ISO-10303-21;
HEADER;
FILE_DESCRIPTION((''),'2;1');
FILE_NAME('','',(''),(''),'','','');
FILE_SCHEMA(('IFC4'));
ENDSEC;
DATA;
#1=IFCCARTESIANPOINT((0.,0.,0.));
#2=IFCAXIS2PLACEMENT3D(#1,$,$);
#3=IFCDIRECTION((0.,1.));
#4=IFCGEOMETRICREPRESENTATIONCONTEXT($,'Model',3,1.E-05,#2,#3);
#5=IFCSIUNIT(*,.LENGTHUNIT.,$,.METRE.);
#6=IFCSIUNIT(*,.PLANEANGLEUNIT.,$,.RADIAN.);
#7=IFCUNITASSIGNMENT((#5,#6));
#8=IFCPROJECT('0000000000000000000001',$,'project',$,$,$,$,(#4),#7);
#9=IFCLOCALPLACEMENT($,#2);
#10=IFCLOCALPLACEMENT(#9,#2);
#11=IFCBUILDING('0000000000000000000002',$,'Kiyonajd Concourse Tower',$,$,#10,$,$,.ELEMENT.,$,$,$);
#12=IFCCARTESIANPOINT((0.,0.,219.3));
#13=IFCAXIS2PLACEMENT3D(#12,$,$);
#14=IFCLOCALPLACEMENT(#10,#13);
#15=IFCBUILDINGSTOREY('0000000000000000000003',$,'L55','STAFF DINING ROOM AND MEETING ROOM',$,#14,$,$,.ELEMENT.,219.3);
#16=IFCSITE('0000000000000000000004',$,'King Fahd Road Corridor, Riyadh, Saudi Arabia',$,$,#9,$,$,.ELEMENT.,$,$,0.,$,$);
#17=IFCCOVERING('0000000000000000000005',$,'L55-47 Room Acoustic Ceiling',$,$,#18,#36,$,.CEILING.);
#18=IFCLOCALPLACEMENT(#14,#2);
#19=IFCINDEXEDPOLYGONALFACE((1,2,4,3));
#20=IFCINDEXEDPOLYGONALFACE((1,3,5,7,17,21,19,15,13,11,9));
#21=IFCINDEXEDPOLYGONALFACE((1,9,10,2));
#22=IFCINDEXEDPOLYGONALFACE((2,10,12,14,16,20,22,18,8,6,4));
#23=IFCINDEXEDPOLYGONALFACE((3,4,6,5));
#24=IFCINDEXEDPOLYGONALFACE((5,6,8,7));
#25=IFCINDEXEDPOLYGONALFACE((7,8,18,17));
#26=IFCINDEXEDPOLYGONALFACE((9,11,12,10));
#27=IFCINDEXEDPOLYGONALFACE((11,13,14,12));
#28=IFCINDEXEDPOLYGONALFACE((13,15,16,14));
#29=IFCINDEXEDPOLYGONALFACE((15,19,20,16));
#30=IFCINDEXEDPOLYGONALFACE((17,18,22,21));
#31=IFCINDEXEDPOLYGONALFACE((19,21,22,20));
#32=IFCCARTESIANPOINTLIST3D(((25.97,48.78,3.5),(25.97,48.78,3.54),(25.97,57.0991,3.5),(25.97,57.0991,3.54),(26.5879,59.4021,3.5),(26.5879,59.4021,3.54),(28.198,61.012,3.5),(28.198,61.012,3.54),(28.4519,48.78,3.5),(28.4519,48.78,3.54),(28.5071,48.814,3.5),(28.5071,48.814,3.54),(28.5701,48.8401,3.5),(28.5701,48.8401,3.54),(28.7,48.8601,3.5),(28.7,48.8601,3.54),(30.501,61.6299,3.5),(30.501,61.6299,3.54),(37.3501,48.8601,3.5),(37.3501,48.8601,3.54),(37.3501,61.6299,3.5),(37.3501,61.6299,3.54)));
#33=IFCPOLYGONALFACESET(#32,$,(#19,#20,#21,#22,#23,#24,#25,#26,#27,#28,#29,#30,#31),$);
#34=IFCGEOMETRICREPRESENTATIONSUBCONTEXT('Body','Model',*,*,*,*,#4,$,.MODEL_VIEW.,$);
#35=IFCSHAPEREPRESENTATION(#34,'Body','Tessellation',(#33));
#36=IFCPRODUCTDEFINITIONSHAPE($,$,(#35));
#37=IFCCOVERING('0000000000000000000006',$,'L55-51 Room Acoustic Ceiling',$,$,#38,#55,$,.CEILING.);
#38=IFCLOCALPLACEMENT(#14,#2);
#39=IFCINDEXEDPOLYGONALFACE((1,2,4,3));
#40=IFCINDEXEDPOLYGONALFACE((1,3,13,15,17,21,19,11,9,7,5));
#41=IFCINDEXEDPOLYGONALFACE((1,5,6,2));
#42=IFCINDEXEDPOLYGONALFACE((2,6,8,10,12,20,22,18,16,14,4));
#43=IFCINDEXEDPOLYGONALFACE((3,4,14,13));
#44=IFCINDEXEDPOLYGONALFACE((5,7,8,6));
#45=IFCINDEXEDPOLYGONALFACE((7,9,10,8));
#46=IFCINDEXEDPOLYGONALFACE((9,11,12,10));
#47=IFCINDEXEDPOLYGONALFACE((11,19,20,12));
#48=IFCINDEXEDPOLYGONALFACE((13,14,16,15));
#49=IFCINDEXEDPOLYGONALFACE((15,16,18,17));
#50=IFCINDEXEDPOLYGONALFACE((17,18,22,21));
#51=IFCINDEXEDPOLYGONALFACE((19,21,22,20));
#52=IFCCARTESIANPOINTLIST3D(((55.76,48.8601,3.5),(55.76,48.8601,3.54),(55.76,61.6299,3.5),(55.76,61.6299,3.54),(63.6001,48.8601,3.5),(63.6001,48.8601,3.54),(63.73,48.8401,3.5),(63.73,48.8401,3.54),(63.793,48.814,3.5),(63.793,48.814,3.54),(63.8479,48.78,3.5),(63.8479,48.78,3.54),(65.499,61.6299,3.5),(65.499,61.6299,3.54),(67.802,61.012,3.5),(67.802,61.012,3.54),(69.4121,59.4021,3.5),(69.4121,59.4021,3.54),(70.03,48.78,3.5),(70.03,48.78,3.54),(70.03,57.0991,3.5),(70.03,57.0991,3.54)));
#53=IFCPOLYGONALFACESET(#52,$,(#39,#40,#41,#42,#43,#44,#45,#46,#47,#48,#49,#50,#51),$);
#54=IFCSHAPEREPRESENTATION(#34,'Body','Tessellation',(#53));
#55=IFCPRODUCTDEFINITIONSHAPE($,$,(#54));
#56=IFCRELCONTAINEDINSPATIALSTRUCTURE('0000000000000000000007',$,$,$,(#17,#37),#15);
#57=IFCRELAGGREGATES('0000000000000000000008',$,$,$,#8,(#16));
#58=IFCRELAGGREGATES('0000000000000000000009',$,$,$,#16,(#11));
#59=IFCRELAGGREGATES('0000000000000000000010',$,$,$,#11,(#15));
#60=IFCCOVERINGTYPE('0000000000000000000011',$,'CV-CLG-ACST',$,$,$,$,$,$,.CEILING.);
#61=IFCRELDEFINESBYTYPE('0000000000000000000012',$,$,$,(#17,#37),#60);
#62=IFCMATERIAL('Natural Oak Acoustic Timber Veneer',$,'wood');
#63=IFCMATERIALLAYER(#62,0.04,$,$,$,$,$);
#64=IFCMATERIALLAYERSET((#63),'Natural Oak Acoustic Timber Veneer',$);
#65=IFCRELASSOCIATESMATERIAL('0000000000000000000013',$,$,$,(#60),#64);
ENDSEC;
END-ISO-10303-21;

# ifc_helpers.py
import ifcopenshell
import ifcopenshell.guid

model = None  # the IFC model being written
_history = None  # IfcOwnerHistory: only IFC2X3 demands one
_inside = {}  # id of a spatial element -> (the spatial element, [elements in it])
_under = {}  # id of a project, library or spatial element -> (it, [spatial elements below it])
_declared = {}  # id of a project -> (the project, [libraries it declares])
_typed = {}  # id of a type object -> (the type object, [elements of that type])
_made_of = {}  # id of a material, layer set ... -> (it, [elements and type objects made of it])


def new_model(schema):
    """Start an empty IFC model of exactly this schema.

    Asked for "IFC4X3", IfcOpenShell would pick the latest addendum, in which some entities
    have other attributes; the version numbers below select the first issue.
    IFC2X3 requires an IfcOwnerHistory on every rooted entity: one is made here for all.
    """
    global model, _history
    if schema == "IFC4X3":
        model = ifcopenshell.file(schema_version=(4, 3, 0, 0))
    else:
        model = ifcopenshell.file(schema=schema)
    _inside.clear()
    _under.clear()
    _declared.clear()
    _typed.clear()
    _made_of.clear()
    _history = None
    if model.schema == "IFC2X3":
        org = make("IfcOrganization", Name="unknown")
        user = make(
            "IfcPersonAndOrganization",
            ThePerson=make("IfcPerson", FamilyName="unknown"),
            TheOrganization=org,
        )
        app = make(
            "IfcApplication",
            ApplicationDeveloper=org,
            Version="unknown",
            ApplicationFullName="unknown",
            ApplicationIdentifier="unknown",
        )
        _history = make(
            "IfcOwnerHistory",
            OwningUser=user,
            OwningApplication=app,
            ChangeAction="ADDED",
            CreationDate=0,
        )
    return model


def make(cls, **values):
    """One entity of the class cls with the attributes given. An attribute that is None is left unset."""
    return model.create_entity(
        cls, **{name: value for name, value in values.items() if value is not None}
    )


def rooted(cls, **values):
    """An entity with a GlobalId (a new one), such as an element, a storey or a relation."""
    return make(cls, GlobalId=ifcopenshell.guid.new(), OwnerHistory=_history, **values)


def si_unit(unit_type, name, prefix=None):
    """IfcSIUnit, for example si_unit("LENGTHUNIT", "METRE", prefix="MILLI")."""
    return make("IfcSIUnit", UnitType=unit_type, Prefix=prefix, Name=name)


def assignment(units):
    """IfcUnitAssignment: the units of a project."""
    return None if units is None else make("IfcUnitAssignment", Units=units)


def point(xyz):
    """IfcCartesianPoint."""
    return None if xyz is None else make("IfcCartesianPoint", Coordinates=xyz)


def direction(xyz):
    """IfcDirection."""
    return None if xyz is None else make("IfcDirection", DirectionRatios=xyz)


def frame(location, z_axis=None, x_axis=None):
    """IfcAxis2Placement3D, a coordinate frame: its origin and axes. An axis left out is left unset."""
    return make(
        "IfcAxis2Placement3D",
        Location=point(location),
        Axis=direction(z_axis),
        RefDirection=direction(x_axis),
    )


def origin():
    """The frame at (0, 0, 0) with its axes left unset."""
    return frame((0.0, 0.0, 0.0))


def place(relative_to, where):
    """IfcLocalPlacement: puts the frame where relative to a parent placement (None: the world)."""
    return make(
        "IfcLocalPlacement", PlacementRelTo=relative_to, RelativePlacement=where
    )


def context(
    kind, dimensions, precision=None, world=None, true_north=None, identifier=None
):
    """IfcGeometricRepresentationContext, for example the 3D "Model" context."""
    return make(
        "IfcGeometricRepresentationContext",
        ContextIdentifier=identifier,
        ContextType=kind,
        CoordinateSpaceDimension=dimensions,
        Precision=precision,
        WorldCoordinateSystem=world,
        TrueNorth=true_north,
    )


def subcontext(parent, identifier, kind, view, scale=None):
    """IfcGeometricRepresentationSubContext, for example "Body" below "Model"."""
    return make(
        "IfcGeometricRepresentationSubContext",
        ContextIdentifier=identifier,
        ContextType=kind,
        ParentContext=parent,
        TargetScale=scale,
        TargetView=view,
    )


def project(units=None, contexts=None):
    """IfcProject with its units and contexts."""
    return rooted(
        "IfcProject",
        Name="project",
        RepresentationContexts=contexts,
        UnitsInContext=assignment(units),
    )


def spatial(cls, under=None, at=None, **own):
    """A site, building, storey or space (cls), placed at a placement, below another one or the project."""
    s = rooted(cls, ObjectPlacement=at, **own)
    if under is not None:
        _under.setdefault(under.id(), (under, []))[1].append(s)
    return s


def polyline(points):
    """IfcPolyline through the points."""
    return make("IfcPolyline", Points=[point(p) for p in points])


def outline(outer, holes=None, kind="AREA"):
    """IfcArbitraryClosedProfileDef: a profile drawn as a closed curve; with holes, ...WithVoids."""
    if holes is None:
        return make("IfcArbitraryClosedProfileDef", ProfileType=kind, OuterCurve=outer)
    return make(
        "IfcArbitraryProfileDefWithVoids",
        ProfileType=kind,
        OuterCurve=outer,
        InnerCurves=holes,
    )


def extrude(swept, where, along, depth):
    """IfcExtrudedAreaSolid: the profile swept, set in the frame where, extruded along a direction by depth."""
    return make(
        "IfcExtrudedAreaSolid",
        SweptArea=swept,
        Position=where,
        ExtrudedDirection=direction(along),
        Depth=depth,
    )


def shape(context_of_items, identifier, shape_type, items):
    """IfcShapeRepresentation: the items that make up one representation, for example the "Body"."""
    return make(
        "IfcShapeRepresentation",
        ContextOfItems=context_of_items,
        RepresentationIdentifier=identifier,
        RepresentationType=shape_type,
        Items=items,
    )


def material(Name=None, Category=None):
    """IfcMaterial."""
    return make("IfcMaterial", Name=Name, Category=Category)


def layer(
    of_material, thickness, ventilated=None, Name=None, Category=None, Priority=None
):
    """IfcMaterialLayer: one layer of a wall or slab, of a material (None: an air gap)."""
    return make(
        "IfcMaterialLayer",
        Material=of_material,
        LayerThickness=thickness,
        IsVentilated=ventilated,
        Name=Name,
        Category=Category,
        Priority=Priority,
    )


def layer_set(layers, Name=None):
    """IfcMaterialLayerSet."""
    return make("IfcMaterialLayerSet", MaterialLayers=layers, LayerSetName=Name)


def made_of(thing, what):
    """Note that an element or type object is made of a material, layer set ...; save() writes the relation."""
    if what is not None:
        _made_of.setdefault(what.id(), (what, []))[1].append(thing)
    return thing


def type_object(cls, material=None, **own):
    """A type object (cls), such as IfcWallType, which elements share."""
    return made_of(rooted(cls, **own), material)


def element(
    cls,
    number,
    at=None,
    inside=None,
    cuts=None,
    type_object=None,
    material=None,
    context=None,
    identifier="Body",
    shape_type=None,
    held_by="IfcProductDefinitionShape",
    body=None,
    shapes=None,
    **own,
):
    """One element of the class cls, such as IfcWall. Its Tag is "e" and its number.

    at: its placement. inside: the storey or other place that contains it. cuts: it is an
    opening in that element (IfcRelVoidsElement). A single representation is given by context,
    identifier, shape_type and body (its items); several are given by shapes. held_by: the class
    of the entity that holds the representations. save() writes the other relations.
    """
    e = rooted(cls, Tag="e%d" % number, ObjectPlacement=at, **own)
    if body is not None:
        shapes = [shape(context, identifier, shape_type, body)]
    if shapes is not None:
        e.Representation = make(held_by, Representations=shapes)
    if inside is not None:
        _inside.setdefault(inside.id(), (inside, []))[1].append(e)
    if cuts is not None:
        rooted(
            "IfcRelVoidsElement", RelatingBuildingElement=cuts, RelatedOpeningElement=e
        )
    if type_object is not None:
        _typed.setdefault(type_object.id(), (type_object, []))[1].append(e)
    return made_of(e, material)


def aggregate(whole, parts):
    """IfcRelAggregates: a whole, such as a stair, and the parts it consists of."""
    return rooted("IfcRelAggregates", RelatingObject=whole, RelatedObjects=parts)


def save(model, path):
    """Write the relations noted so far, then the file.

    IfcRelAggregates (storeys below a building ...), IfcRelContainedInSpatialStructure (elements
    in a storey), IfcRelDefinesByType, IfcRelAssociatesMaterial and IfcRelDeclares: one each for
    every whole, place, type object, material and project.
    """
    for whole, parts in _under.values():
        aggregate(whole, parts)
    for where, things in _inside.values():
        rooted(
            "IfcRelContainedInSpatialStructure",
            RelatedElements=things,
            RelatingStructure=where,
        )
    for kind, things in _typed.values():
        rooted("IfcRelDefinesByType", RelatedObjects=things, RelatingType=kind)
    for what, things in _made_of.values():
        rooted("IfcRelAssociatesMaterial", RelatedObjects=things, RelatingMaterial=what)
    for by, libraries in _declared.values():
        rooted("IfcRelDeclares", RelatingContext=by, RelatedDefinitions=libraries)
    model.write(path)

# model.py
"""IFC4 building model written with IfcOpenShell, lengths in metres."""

from ifc_helpers import new_model, si_unit, direction, frame, origin, place, context, subcontext, project, spatial, polyline, outline, extrude, material, layer, layer_set, type_object, element, save


model = new_model("IFC4")

# Units and contexts
model_context = context("Model", 3, precision=1e-05, world=origin(), true_north=direction((0.0, 1.0)))
body_context = subcontext(model_context, "Body", "Model", "MODEL_VIEW")
ifc_project = project(units=[si_unit("LENGTHUNIT", "METRE"), si_unit("PLANEANGLEUNIT", "RADIAN")], contexts=[model_context])

# Site, building, storey
site_placement = place(None, origin())
site = spatial("IfcSite", under=ifc_project, at=site_placement, Name="King Fahd Road Corridor, Riyadh, Saudi Arabia", CompositionType="ELEMENT", RefElevation=0.0)
building_placement = place(site_placement, origin())
building = spatial("IfcBuilding", under=site, at=building_placement, Name="Kiyonajd Concourse Tower", CompositionType="ELEMENT")
storey_placement = place(building_placement, frame((0.0, 0.0, 219.3)))
storey = spatial("IfcBuildingStorey", under=building, at=storey_placement, Name="L55", Description="STAFF DINING ROOM AND MEETING ROOM", CompositionType="ELEMENT", Elevation=219.3)

# Shared definitions
ifc_material_1 = material(Name="Natural Oak Acoustic Timber Veneer", Category="wood")

# Coverings
ifc_layer_1 = layer(ifc_material_1, 0.04)
ifc_layer_set_1 = layer_set([ifc_layer_1], Name="Natural Oak Acoustic Timber Veneer")
covering_type = type_object("IfcCoveringType", Name="CV-CLG-ACST", PredefinedType="CEILING", material=ifc_layer_set_1)
covering_1_placement = place(storey_placement, frame((0.0, 0.0, 3.5)))
element("IfcCovering", 1, at=covering_1_placement, inside=storey, type_object=covering_type, Name="L55-47 Room Acoustic Ceiling", PredefinedType="CEILING", context=body_context, shape_type="SweptSolid", body=[
    extrude(outline(polyline([(28.198, 61.012), (30.501, 61.6299), (37.3501, 61.6299), (37.3501, 48.8601), (28.7, 48.8601), (28.5701, 48.8401), (28.5071, 48.814), (28.4519, 48.78), (25.97, 48.78), (25.97, 57.0991), (26.5879, 59.4021), (28.198, 61.012)])), origin(), (0.0, 0.0, 1.0), 0.04),
])
covering_2_placement = place(storey_placement, frame((0.0, 0.0, 3.5)))
element("IfcCovering", 2, at=covering_2_placement, inside=storey, type_object=covering_type, Name="L55-51 Room Acoustic Ceiling", PredefinedType="CEILING", context=body_context, shape_type="SweptSolid", body=[
    extrude(outline(polyline([(63.8479, 48.78), (63.793, 48.814), (63.73, 48.8401), (63.6001, 48.8601), (55.76, 48.8601), (55.76, 61.6299), (65.499, 61.6299), (67.802, 61.012), (69.4121, 59.4021), (70.03, 57.0991), (70.03, 48.78), (63.8479, 48.78)])), origin(), (0.0, 0.0, 1.0), 0.04),
])

save(model, "model.ifc")
